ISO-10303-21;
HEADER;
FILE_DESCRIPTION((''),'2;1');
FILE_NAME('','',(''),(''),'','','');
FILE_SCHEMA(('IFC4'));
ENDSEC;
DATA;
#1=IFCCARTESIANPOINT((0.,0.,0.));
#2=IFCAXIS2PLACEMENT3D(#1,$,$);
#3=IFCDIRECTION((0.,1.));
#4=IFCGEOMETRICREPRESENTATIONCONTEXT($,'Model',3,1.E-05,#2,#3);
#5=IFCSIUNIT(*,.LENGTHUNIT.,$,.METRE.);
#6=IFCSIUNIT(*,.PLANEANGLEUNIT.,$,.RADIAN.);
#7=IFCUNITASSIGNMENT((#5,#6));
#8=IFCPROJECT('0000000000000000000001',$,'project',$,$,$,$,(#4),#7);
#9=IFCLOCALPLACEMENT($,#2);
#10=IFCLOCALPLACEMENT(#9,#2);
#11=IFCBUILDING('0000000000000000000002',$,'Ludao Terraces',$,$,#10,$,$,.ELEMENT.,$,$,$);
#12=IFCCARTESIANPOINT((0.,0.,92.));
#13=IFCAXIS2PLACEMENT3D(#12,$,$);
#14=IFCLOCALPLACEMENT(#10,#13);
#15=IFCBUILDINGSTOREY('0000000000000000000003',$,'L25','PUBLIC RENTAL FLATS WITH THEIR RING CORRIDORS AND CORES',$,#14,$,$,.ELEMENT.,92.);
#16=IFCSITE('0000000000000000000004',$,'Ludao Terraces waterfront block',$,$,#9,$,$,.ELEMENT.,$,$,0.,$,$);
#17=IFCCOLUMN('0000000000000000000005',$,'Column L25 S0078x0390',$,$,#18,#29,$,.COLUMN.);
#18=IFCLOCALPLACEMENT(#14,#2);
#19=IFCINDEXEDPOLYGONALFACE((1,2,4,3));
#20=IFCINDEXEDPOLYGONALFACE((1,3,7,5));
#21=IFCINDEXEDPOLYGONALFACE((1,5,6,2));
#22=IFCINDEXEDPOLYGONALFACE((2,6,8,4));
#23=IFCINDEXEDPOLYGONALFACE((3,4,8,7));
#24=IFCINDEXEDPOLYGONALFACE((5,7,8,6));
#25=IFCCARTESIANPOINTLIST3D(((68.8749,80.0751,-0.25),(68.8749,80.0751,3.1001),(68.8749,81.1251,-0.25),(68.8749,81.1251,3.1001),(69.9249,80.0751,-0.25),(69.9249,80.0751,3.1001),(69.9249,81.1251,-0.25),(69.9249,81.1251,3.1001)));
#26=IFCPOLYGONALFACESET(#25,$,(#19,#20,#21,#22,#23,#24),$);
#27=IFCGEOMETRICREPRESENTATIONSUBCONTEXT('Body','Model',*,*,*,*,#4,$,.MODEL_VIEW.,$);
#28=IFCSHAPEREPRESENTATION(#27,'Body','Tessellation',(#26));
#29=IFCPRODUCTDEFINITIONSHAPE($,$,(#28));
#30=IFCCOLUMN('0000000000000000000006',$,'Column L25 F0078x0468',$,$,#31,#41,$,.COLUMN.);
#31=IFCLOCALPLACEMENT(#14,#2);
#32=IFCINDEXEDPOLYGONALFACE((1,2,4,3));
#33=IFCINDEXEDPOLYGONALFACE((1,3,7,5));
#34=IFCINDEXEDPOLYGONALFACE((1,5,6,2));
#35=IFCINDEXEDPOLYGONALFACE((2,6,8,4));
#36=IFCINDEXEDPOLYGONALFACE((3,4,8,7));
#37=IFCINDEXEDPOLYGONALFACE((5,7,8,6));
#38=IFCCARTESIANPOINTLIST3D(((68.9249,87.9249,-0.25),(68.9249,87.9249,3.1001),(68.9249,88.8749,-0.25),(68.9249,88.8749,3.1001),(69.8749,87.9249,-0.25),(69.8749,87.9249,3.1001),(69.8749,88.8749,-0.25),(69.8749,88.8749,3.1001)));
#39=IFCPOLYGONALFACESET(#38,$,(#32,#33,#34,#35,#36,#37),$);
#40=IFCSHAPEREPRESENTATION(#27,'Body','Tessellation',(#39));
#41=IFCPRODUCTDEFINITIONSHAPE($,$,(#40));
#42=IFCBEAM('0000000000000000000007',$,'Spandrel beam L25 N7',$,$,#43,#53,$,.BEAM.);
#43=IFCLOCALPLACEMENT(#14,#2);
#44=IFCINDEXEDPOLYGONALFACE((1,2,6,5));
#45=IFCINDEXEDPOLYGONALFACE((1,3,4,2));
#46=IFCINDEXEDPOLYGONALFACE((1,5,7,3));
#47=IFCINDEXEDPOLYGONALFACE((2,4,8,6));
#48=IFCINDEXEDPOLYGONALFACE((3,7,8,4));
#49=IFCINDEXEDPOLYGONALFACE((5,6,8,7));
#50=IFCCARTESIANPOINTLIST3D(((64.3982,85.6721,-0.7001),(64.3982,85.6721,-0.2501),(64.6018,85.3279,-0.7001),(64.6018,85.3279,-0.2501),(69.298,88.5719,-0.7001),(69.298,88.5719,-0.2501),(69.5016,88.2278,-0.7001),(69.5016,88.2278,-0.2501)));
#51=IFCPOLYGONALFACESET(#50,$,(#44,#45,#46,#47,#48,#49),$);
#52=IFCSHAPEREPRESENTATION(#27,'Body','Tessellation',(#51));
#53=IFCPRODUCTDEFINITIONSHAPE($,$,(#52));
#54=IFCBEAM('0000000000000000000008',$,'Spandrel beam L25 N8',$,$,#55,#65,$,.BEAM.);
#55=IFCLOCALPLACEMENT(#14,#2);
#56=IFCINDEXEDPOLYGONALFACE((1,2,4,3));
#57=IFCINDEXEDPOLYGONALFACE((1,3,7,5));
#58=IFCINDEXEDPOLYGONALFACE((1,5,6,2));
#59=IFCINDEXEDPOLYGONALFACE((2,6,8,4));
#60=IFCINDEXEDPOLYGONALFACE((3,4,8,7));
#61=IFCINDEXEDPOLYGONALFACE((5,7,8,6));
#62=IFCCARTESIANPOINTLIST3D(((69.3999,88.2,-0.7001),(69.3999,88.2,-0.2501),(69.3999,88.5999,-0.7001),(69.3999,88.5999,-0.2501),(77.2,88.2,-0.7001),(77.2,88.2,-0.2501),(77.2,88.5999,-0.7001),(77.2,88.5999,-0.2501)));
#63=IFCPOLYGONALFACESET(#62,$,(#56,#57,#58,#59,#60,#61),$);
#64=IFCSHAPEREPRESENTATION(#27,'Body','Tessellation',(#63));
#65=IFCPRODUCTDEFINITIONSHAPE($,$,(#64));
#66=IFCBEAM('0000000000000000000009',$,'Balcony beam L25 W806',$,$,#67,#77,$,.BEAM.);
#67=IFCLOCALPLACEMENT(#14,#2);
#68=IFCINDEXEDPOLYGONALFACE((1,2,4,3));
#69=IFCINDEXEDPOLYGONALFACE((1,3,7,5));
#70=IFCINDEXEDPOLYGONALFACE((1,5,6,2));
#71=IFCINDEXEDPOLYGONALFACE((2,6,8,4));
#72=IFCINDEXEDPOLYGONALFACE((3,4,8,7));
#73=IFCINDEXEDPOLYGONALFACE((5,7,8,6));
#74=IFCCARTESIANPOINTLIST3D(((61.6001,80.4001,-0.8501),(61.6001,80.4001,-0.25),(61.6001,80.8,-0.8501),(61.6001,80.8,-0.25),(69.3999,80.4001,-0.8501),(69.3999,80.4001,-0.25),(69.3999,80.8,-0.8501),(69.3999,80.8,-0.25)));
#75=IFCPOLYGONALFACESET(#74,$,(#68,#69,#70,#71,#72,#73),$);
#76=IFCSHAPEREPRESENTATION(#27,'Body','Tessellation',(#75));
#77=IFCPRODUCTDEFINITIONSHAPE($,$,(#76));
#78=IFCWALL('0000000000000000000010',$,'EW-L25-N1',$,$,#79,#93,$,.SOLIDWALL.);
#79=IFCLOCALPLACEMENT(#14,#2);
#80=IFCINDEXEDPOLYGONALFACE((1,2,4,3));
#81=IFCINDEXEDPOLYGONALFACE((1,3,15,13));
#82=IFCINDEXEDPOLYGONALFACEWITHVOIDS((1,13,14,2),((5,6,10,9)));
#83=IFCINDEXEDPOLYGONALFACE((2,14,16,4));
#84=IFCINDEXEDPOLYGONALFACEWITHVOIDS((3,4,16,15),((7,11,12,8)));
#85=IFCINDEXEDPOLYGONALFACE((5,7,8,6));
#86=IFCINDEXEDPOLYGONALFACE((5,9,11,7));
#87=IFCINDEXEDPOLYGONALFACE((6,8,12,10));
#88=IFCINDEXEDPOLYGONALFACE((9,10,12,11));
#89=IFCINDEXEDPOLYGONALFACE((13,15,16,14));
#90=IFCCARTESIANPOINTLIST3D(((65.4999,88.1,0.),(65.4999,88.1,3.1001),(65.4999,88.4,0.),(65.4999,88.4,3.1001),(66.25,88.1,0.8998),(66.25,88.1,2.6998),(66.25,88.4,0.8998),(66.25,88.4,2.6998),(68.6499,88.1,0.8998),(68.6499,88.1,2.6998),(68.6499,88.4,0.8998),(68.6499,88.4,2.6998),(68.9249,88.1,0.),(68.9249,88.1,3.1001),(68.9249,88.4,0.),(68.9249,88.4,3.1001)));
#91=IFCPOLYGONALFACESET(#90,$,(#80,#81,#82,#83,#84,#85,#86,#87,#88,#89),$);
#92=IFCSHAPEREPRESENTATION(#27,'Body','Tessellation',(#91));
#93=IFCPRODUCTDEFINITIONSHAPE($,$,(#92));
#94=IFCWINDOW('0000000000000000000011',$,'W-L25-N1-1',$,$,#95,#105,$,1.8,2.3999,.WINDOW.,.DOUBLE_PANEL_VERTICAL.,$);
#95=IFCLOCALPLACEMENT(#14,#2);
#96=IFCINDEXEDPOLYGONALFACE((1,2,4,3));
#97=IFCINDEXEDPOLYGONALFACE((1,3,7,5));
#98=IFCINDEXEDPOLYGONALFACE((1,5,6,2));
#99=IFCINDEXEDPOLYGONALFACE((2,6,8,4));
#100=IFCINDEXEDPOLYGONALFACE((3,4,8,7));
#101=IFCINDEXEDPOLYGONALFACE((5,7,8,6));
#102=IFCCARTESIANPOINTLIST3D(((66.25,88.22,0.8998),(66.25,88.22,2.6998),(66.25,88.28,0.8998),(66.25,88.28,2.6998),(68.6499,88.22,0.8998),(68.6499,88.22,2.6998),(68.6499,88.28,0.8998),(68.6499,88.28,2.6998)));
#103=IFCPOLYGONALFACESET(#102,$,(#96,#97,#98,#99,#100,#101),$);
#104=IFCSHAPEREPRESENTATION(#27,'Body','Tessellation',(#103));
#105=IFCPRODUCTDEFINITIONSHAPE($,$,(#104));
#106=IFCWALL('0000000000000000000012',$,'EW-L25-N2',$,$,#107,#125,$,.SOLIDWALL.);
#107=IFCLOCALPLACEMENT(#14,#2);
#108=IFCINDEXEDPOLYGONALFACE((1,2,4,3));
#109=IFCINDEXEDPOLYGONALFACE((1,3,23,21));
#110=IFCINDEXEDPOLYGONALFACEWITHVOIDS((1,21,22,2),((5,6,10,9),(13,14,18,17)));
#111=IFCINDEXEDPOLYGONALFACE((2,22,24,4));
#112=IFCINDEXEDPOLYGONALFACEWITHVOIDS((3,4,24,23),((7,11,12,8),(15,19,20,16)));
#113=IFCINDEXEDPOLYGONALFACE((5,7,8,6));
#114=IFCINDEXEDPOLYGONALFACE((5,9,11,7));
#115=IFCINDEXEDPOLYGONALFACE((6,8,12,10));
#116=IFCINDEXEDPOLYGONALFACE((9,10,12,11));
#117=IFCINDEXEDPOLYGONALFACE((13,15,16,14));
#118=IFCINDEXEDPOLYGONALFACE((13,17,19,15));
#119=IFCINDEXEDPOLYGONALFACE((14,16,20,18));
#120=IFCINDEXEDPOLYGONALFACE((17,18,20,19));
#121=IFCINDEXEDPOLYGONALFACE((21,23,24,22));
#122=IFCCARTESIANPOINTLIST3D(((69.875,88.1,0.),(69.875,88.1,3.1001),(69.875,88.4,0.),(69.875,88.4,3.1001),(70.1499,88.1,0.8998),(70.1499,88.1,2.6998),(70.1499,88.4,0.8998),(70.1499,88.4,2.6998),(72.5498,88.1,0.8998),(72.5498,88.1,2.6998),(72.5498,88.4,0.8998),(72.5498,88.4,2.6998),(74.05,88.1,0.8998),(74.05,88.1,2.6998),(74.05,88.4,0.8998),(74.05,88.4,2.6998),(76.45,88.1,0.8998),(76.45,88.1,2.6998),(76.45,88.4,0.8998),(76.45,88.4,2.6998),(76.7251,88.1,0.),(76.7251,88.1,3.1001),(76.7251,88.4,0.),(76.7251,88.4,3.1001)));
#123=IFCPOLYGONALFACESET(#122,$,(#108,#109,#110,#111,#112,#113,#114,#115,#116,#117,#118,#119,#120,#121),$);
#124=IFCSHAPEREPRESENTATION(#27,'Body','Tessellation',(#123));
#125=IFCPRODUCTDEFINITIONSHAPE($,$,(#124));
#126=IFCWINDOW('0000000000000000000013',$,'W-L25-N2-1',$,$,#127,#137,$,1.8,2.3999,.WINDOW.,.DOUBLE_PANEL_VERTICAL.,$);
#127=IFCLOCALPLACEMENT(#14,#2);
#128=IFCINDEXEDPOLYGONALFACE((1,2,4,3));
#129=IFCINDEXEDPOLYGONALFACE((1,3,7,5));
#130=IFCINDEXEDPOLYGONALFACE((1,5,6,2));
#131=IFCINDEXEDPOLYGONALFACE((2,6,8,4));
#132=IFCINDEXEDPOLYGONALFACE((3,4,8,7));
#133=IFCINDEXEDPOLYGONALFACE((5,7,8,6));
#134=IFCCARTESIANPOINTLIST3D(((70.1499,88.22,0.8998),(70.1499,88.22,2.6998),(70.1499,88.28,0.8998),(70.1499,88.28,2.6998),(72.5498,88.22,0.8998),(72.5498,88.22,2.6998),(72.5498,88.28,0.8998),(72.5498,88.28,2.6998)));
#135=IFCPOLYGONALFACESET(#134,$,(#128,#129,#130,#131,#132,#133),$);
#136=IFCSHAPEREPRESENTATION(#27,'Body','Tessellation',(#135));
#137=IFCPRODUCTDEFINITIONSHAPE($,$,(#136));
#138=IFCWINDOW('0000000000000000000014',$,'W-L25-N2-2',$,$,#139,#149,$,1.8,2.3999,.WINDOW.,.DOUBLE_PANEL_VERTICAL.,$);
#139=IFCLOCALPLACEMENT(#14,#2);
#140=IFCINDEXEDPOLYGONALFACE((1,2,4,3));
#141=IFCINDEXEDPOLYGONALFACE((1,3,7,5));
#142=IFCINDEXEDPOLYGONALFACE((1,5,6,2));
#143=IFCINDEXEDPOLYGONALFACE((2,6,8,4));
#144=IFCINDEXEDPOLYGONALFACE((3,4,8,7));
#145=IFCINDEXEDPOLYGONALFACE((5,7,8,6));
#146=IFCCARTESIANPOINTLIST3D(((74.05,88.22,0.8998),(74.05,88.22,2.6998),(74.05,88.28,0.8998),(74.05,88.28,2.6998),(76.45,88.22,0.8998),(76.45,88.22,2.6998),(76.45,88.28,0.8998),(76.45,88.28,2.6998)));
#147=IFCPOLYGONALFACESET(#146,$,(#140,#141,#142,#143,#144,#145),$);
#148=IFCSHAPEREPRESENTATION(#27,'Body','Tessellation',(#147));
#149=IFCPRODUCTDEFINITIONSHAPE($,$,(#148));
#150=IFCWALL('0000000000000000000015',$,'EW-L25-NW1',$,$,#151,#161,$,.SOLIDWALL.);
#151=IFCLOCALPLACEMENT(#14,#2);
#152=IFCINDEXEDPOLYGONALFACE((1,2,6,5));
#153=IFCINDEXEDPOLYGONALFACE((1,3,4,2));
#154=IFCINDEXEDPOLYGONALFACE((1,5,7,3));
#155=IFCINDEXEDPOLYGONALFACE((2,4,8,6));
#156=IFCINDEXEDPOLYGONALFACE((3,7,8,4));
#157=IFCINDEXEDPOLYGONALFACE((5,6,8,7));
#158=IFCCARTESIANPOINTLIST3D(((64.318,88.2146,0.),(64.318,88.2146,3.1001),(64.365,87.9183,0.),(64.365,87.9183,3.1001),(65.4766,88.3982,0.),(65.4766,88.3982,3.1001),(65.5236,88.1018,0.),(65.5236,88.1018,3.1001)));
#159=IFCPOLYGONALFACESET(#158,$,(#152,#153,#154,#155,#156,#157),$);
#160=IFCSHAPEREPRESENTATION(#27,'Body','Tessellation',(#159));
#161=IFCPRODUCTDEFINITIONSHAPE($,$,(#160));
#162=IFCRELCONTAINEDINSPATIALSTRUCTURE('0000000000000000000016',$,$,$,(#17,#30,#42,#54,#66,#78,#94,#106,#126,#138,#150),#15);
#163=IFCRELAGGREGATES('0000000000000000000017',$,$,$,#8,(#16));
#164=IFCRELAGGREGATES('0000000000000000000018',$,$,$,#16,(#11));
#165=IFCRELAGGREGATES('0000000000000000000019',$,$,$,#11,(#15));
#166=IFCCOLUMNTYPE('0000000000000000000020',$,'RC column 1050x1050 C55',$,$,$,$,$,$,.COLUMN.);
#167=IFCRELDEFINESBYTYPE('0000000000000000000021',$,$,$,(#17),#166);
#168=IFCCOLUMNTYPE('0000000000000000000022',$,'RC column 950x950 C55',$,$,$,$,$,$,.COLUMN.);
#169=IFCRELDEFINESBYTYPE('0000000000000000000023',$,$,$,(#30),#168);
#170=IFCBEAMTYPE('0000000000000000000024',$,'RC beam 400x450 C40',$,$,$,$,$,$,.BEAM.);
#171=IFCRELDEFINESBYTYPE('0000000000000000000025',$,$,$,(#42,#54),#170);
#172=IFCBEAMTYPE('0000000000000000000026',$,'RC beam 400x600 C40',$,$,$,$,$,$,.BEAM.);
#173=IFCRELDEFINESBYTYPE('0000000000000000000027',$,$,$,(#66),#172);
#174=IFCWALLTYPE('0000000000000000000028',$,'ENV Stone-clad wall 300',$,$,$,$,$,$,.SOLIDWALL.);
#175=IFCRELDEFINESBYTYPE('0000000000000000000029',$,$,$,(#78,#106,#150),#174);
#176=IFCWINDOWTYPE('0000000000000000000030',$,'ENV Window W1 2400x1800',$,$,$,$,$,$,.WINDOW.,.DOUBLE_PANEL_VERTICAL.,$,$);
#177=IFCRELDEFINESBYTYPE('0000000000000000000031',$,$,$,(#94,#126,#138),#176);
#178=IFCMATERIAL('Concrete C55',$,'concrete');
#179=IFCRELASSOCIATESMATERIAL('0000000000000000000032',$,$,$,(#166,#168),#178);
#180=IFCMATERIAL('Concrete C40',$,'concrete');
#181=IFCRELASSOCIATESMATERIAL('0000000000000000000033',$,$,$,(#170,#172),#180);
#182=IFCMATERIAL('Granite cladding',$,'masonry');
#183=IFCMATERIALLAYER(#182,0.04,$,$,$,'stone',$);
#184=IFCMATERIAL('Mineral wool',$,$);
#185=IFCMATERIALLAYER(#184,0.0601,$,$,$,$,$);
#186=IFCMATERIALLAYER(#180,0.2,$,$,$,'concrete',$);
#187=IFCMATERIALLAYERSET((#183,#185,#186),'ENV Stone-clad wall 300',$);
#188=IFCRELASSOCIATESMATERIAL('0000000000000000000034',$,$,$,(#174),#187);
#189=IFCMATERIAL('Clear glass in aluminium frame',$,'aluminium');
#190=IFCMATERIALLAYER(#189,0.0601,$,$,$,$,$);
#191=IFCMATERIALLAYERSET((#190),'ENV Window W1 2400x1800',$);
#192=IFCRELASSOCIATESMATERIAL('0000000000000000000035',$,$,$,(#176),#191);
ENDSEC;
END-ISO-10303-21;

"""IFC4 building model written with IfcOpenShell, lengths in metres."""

from ifc_helpers import new_model, si_unit, direction, frame, frame_2d, origin, origin_2d, place, context, subcontext, project, spatial, rectangle, extrude, material, layer, layer_set, material_profile, profile_set, type_object, element, fill, save


model = new_model("IFC4")

# Units and contexts
model_context = context("Model", 3, precision=1e-05, world=origin(), true_north=direction((0.0, 1.0)))
body_context = subcontext(model_context, "Body", "Model", "MODEL_VIEW")
ifc_project = project(units=[si_unit("LENGTHUNIT", "METRE"), si_unit("PLANEANGLEUNIT", "RADIAN")], contexts=[model_context])

# Site, building, storey
site_placement = place(None, origin())
site = spatial("IfcSite", under=ifc_project, at=site_placement, Name="Ludao Terraces waterfront block", CompositionType="ELEMENT", RefElevation=0.0)
building_placement = place(site_placement, origin())
building = spatial("IfcBuilding", under=site, at=building_placement, Name="Ludao Terraces", CompositionType="ELEMENT")
storey_placement = place(building_placement, frame((0.0, 0.0, 92.0)))
storey = spatial("IfcBuildingStorey", under=building, at=storey_placement, Name="L25", Description="PUBLIC RENTAL FLATS WITH THEIR RING CORRIDORS AND CORES", CompositionType="ELEMENT", Elevation=92.0)

# Columns
ifc_material_1 = material(Name="Concrete C55", Category="concrete")
ifc_material_profile_1 = material_profile(ifc_material_1, rectangle(XDim=1.05, YDim=1.05, at=origin_2d()), Name="1050 X 1050")
ifc_profile_set_1 = profile_set([ifc_material_profile_1], Name="Concrete C55")
column_type_1 = type_object("IfcColumnType", Name="RC column 1050x1050 C55", PredefinedType="COLUMN", material=ifc_profile_set_1)
column_1_placement = place(storey_placement, frame((69.3999, 80.6001, -0.25), z_axis=(0.0, 0.0, 1.0), x_axis=(1.0, 0.0, 0.0)))
element("IfcColumn", 1, at=column_1_placement, inside=storey, type_object=column_type_1, Name="Column L25 S0078x0390", PredefinedType="COLUMN", context=body_context, shape_type="SweptSolid", body=[
    extrude(rectangle(XDim=1.05, YDim=1.05, at=origin_2d()), origin(), (0.0, 0.0, 1.0), 3.3501),
])
ifc_material_profile_2 = material_profile(ifc_material_1, rectangle(XDim=0.95, YDim=0.95, at=origin_2d()), Name="950 X 950")
ifc_profile_set_2 = profile_set([ifc_material_profile_2], Name="Concrete C55")
column_type_2 = type_object("IfcColumnType", Name="RC column 950x950 C55", PredefinedType="COLUMN", material=ifc_profile_set_2)
column_2_placement = place(storey_placement, frame((69.3999, 88.3999, -0.25), z_axis=(0.0, 0.0, 1.0), x_axis=(1.0, 0.0, 0.0)))
element("IfcColumn", 2, at=column_2_placement, inside=storey, type_object=column_type_2, Name="Column L25 F0078x0468", PredefinedType="COLUMN", context=body_context, shape_type="SweptSolid", body=[
    extrude(rectangle(XDim=0.95, YDim=0.95, at=origin_2d()), origin(), (0.0, 0.0, 1.0), 3.3501),
])

# Beams
ifc_material_2 = material(Name="Concrete C40", Category="concrete")
ifc_material_profile_3 = material_profile(ifc_material_2, rectangle(XDim=0.3999, YDim=0.45, at=origin_2d()), Name="400 X 450")
ifc_profile_set_3 = profile_set([ifc_material_profile_3], Name="Concrete C40")
beam_type_1 = type_object("IfcBeamType", Name="RC beam 400x450 C40", PredefinedType="BEAM", material=ifc_profile_set_3)
beam_1_placement = place(storey_placement, frame((64.5, 85.5, -0.4751), z_axis=(0.86058, 0.509316, 0.0), x_axis=(-0.509316, 0.86058, 0.0)))
element("IfcBeam", 3, at=beam_1_placement, inside=storey, type_object=beam_type_1, Name="Spandrel beam L25 N7", PredefinedType="BEAM", context=body_context, shape_type="SweptSolid", body=[
    extrude(rectangle(XDim=0.3999, YDim=0.45, at=origin_2d()), origin(), (0.0, 0.0, 1.0), 5.6936),
])
beam_2_placement = place(storey_placement, frame((69.3999, 88.3999, -0.4751), z_axis=(1.0, 0.0, 0.0), x_axis=(0.0, 1.0, 0.0)))
element("IfcBeam", 4, at=beam_2_placement, inside=storey, type_object=beam_type_1, Name="Spandrel beam L25 N8", PredefinedType="BEAM", context=body_context, shape_type="SweptSolid", body=[
    extrude(rectangle(XDim=0.3999, YDim=0.45, at=origin_2d()), origin(), (0.0, 0.0, 1.0), 7.8),
])
ifc_material_profile_4 = material_profile(ifc_material_2, rectangle(XDim=0.3999, YDim=0.6001, at=origin_2d()), Name="400 X 600")
ifc_profile_set_4 = profile_set([ifc_material_profile_4], Name="Concrete C40")
beam_type_2 = type_object("IfcBeamType", Name="RC beam 400x600 C40", PredefinedType="BEAM", material=ifc_profile_set_4)
beam_3_placement = place(storey_placement, frame((69.3999, 80.6001, -0.55), z_axis=(-1.0, 0.0, 0.0), x_axis=(0.0, -1.0, 0.0)))
element("IfcBeam", 5, at=beam_3_placement, inside=storey, type_object=beam_type_2, Name="Balcony beam L25 W806", PredefinedType="BEAM", context=body_context, shape_type="SweptSolid", body=[
    extrude(rectangle(XDim=0.3999, YDim=0.6001, at=origin_2d()), origin(), (0.0, 0.0, 1.0), 7.7998),
])

# Wall, opening, window
ifc_material_3 = material(Name="Granite cladding", Category="masonry")
ifc_layer_1 = layer(ifc_material_3, 0.04, Category="stone")
ifc_material_4 = material(Name="Mineral wool")
ifc_layer_2 = layer(ifc_material_4, 0.0601)
ifc_layer_3 = layer(ifc_material_2, 0.2, Category="concrete")
ifc_layer_set_1 = layer_set([ifc_layer_1, ifc_layer_2, ifc_layer_3], Name="ENV Stone-clad wall 300")
wall_type_1 = type_object("IfcWallType", Name="ENV Stone-clad wall 300", PredefinedType="SOLIDWALL", material=ifc_layer_set_1)
wall_1_placement = place(storey_placement, frame((65.5, 88.25, 0.0), z_axis=(0.0, 0.0, 1.0), x_axis=(1.0, 0.0, 0.0)))
wall_1 = element("IfcWall", 6, at=wall_1_placement, inside=storey, type_object=wall_type_1, Name="EW-L25-N1", PredefinedType="SOLIDWALL", context=body_context, shape_type="SweptSolid", body=[
    extrude(rectangle(XDim=3.425, YDim=0.3, at=frame_2d((1.7124, 0.0))), origin(), (0.0, 0.0, 1.0), 3.1001),
])
opening_1_placement = place(wall_1_placement, frame((0.75, 0.0, 0.8999)))
opening_1 = element("IfcOpeningElement", 7, at=opening_1_placement, cuts=wall_1, PredefinedType="OPENING", context=body_context, shape_type="SweptSolid", body=[
    extrude(rectangle(XDim=2.3999, YDim=1.8, at=frame_2d((1.2, 0.8999))), frame((0.0, 0.1602, 0.0), z_axis=(0.0, -1.0, 0.0), x_axis=(1.0, 0.0, 0.0)), (0.0, 0.0, 1.0), 0.3201),
])
ifc_material_5 = material(Name="Clear glass in aluminium frame", Category="aluminium")
ifc_layer_4 = layer(ifc_material_5, 0.0601)
ifc_layer_set_2 = layer_set([ifc_layer_4], Name="ENV Window W1 2400x1800")
window_type = type_object("IfcWindowType", Name="ENV Window W1 2400x1800", PartitioningType="DOUBLE_PANEL_VERTICAL", PredefinedType="WINDOW", material=ifc_layer_set_2)
window_1_placement = place(opening_1_placement, origin())
window_1 = element("IfcWindow", 8, at=window_1_placement, inside=storey, type_object=window_type, Name="W-L25-N1-1", OverallHeight=1.8, OverallWidth=2.3999, PartitioningType="DOUBLE_PANEL_VERTICAL", PredefinedType="WINDOW", context=body_context, shape_type="SweptSolid", body=[
    extrude(rectangle(XDim=2.3999, YDim=1.8, at=frame_2d((1.2, 0.8999))), frame((0.0, 0.03, 0.0), z_axis=(0.0, -1.0, 0.0), x_axis=(1.0, 0.0, 0.0)), (0.0, 0.0, 1.0), 0.0601),
])
fill(opening_1, window_1)

# Wall, openings, windows
wall_2_placement = place(storey_placement, frame((69.875, 88.25, 0.0), z_axis=(0.0, 0.0, 1.0), x_axis=(1.0, 0.0, 0.0)))
wall_2 = element("IfcWall", 9, at=wall_2_placement, inside=storey, type_object=wall_type_1, Name="EW-L25-N2", PredefinedType="SOLIDWALL", context=body_context, shape_type="SweptSolid", body=[
    extrude(rectangle(XDim=6.8501, YDim=0.3, at=frame_2d((3.425, 0.0))), origin(), (0.0, 0.0, 1.0), 3.1001),
])
opening_2_placement = place(wall_2_placement, frame((0.2749, 0.0, 0.8999)))
opening_2 = element("IfcOpeningElement", 10, at=opening_2_placement, cuts=wall_2, PredefinedType="OPENING", context=body_context, shape_type="SweptSolid", body=[
    extrude(rectangle(XDim=2.3999, YDim=1.8, at=frame_2d((1.2, 0.8999))), frame((0.0, 0.1602, 0.0), z_axis=(0.0, -1.0, 0.0), x_axis=(1.0, 0.0, 0.0)), (0.0, 0.0, 1.0), 0.3201),
])
opening_3_placement = place(wall_2_placement, frame((4.175, 0.0, 0.8999)))
opening_3 = element("IfcOpeningElement", 11, at=opening_3_placement, cuts=wall_2, PredefinedType="OPENING", context=body_context, shape_type="SweptSolid", body=[
    extrude(rectangle(XDim=2.3999, YDim=1.8, at=frame_2d((1.2, 0.8999))), frame((0.0, 0.1602, 0.0), z_axis=(0.0, -1.0, 0.0), x_axis=(1.0, 0.0, 0.0)), (0.0, 0.0, 1.0), 0.3201),
])
window_2_placement = place(opening_2_placement, origin())
window_2 = element("IfcWindow", 12, at=window_2_placement, inside=storey, type_object=window_type, Name="W-L25-N2-1", OverallHeight=1.8, OverallWidth=2.3999, PartitioningType="DOUBLE_PANEL_VERTICAL", PredefinedType="WINDOW", context=body_context, shape_type="SweptSolid", body=[
    extrude(rectangle(XDim=2.3999, YDim=1.8, at=frame_2d((1.2, 0.8999))), frame((0.0, 0.03, 0.0), z_axis=(0.0, -1.0, 0.0), x_axis=(1.0, 0.0, 0.0)), (0.0, 0.0, 1.0), 0.0601),
])
fill(opening_2, window_2)
window_3_placement = place(opening_3_placement, origin())
window_3 = element("IfcWindow", 13, at=window_3_placement, inside=storey, type_object=window_type, Name="W-L25-N2-2", OverallHeight=1.8, OverallWidth=2.3999, PartitioningType="DOUBLE_PANEL_VERTICAL", PredefinedType="WINDOW", context=body_context, shape_type="SweptSolid", body=[
    extrude(rectangle(XDim=2.3999, YDim=1.8, at=frame_2d((1.2, 0.8999))), frame((0.0, 0.03, 0.0), z_axis=(0.0, -1.0, 0.0), x_axis=(1.0, 0.0, 0.0)), (0.0, 0.0, 1.0), 0.0601),
])
fill(opening_3, window_3)

# Wall
wall_3_placement = place(storey_placement, frame((65.5, 88.25, 0.0), z_axis=(0.0, 0.0, 1.0), x_axis=(-0.987678, -0.156497, 0.0)))
element("IfcWall", 14, at=wall_3_placement, inside=storey, type_object=wall_type_1, Name="EW-L25-NW1", PredefinedType="SOLIDWALL", context=body_context, shape_type="SweptSolid", body=[
    extrude(rectangle(XDim=1.1731, YDim=0.3, at=frame_2d((0.5864, 0.0))), origin(), (0.0, 0.0, 1.0), 3.1001),
])

save(model, "model.ifc")
